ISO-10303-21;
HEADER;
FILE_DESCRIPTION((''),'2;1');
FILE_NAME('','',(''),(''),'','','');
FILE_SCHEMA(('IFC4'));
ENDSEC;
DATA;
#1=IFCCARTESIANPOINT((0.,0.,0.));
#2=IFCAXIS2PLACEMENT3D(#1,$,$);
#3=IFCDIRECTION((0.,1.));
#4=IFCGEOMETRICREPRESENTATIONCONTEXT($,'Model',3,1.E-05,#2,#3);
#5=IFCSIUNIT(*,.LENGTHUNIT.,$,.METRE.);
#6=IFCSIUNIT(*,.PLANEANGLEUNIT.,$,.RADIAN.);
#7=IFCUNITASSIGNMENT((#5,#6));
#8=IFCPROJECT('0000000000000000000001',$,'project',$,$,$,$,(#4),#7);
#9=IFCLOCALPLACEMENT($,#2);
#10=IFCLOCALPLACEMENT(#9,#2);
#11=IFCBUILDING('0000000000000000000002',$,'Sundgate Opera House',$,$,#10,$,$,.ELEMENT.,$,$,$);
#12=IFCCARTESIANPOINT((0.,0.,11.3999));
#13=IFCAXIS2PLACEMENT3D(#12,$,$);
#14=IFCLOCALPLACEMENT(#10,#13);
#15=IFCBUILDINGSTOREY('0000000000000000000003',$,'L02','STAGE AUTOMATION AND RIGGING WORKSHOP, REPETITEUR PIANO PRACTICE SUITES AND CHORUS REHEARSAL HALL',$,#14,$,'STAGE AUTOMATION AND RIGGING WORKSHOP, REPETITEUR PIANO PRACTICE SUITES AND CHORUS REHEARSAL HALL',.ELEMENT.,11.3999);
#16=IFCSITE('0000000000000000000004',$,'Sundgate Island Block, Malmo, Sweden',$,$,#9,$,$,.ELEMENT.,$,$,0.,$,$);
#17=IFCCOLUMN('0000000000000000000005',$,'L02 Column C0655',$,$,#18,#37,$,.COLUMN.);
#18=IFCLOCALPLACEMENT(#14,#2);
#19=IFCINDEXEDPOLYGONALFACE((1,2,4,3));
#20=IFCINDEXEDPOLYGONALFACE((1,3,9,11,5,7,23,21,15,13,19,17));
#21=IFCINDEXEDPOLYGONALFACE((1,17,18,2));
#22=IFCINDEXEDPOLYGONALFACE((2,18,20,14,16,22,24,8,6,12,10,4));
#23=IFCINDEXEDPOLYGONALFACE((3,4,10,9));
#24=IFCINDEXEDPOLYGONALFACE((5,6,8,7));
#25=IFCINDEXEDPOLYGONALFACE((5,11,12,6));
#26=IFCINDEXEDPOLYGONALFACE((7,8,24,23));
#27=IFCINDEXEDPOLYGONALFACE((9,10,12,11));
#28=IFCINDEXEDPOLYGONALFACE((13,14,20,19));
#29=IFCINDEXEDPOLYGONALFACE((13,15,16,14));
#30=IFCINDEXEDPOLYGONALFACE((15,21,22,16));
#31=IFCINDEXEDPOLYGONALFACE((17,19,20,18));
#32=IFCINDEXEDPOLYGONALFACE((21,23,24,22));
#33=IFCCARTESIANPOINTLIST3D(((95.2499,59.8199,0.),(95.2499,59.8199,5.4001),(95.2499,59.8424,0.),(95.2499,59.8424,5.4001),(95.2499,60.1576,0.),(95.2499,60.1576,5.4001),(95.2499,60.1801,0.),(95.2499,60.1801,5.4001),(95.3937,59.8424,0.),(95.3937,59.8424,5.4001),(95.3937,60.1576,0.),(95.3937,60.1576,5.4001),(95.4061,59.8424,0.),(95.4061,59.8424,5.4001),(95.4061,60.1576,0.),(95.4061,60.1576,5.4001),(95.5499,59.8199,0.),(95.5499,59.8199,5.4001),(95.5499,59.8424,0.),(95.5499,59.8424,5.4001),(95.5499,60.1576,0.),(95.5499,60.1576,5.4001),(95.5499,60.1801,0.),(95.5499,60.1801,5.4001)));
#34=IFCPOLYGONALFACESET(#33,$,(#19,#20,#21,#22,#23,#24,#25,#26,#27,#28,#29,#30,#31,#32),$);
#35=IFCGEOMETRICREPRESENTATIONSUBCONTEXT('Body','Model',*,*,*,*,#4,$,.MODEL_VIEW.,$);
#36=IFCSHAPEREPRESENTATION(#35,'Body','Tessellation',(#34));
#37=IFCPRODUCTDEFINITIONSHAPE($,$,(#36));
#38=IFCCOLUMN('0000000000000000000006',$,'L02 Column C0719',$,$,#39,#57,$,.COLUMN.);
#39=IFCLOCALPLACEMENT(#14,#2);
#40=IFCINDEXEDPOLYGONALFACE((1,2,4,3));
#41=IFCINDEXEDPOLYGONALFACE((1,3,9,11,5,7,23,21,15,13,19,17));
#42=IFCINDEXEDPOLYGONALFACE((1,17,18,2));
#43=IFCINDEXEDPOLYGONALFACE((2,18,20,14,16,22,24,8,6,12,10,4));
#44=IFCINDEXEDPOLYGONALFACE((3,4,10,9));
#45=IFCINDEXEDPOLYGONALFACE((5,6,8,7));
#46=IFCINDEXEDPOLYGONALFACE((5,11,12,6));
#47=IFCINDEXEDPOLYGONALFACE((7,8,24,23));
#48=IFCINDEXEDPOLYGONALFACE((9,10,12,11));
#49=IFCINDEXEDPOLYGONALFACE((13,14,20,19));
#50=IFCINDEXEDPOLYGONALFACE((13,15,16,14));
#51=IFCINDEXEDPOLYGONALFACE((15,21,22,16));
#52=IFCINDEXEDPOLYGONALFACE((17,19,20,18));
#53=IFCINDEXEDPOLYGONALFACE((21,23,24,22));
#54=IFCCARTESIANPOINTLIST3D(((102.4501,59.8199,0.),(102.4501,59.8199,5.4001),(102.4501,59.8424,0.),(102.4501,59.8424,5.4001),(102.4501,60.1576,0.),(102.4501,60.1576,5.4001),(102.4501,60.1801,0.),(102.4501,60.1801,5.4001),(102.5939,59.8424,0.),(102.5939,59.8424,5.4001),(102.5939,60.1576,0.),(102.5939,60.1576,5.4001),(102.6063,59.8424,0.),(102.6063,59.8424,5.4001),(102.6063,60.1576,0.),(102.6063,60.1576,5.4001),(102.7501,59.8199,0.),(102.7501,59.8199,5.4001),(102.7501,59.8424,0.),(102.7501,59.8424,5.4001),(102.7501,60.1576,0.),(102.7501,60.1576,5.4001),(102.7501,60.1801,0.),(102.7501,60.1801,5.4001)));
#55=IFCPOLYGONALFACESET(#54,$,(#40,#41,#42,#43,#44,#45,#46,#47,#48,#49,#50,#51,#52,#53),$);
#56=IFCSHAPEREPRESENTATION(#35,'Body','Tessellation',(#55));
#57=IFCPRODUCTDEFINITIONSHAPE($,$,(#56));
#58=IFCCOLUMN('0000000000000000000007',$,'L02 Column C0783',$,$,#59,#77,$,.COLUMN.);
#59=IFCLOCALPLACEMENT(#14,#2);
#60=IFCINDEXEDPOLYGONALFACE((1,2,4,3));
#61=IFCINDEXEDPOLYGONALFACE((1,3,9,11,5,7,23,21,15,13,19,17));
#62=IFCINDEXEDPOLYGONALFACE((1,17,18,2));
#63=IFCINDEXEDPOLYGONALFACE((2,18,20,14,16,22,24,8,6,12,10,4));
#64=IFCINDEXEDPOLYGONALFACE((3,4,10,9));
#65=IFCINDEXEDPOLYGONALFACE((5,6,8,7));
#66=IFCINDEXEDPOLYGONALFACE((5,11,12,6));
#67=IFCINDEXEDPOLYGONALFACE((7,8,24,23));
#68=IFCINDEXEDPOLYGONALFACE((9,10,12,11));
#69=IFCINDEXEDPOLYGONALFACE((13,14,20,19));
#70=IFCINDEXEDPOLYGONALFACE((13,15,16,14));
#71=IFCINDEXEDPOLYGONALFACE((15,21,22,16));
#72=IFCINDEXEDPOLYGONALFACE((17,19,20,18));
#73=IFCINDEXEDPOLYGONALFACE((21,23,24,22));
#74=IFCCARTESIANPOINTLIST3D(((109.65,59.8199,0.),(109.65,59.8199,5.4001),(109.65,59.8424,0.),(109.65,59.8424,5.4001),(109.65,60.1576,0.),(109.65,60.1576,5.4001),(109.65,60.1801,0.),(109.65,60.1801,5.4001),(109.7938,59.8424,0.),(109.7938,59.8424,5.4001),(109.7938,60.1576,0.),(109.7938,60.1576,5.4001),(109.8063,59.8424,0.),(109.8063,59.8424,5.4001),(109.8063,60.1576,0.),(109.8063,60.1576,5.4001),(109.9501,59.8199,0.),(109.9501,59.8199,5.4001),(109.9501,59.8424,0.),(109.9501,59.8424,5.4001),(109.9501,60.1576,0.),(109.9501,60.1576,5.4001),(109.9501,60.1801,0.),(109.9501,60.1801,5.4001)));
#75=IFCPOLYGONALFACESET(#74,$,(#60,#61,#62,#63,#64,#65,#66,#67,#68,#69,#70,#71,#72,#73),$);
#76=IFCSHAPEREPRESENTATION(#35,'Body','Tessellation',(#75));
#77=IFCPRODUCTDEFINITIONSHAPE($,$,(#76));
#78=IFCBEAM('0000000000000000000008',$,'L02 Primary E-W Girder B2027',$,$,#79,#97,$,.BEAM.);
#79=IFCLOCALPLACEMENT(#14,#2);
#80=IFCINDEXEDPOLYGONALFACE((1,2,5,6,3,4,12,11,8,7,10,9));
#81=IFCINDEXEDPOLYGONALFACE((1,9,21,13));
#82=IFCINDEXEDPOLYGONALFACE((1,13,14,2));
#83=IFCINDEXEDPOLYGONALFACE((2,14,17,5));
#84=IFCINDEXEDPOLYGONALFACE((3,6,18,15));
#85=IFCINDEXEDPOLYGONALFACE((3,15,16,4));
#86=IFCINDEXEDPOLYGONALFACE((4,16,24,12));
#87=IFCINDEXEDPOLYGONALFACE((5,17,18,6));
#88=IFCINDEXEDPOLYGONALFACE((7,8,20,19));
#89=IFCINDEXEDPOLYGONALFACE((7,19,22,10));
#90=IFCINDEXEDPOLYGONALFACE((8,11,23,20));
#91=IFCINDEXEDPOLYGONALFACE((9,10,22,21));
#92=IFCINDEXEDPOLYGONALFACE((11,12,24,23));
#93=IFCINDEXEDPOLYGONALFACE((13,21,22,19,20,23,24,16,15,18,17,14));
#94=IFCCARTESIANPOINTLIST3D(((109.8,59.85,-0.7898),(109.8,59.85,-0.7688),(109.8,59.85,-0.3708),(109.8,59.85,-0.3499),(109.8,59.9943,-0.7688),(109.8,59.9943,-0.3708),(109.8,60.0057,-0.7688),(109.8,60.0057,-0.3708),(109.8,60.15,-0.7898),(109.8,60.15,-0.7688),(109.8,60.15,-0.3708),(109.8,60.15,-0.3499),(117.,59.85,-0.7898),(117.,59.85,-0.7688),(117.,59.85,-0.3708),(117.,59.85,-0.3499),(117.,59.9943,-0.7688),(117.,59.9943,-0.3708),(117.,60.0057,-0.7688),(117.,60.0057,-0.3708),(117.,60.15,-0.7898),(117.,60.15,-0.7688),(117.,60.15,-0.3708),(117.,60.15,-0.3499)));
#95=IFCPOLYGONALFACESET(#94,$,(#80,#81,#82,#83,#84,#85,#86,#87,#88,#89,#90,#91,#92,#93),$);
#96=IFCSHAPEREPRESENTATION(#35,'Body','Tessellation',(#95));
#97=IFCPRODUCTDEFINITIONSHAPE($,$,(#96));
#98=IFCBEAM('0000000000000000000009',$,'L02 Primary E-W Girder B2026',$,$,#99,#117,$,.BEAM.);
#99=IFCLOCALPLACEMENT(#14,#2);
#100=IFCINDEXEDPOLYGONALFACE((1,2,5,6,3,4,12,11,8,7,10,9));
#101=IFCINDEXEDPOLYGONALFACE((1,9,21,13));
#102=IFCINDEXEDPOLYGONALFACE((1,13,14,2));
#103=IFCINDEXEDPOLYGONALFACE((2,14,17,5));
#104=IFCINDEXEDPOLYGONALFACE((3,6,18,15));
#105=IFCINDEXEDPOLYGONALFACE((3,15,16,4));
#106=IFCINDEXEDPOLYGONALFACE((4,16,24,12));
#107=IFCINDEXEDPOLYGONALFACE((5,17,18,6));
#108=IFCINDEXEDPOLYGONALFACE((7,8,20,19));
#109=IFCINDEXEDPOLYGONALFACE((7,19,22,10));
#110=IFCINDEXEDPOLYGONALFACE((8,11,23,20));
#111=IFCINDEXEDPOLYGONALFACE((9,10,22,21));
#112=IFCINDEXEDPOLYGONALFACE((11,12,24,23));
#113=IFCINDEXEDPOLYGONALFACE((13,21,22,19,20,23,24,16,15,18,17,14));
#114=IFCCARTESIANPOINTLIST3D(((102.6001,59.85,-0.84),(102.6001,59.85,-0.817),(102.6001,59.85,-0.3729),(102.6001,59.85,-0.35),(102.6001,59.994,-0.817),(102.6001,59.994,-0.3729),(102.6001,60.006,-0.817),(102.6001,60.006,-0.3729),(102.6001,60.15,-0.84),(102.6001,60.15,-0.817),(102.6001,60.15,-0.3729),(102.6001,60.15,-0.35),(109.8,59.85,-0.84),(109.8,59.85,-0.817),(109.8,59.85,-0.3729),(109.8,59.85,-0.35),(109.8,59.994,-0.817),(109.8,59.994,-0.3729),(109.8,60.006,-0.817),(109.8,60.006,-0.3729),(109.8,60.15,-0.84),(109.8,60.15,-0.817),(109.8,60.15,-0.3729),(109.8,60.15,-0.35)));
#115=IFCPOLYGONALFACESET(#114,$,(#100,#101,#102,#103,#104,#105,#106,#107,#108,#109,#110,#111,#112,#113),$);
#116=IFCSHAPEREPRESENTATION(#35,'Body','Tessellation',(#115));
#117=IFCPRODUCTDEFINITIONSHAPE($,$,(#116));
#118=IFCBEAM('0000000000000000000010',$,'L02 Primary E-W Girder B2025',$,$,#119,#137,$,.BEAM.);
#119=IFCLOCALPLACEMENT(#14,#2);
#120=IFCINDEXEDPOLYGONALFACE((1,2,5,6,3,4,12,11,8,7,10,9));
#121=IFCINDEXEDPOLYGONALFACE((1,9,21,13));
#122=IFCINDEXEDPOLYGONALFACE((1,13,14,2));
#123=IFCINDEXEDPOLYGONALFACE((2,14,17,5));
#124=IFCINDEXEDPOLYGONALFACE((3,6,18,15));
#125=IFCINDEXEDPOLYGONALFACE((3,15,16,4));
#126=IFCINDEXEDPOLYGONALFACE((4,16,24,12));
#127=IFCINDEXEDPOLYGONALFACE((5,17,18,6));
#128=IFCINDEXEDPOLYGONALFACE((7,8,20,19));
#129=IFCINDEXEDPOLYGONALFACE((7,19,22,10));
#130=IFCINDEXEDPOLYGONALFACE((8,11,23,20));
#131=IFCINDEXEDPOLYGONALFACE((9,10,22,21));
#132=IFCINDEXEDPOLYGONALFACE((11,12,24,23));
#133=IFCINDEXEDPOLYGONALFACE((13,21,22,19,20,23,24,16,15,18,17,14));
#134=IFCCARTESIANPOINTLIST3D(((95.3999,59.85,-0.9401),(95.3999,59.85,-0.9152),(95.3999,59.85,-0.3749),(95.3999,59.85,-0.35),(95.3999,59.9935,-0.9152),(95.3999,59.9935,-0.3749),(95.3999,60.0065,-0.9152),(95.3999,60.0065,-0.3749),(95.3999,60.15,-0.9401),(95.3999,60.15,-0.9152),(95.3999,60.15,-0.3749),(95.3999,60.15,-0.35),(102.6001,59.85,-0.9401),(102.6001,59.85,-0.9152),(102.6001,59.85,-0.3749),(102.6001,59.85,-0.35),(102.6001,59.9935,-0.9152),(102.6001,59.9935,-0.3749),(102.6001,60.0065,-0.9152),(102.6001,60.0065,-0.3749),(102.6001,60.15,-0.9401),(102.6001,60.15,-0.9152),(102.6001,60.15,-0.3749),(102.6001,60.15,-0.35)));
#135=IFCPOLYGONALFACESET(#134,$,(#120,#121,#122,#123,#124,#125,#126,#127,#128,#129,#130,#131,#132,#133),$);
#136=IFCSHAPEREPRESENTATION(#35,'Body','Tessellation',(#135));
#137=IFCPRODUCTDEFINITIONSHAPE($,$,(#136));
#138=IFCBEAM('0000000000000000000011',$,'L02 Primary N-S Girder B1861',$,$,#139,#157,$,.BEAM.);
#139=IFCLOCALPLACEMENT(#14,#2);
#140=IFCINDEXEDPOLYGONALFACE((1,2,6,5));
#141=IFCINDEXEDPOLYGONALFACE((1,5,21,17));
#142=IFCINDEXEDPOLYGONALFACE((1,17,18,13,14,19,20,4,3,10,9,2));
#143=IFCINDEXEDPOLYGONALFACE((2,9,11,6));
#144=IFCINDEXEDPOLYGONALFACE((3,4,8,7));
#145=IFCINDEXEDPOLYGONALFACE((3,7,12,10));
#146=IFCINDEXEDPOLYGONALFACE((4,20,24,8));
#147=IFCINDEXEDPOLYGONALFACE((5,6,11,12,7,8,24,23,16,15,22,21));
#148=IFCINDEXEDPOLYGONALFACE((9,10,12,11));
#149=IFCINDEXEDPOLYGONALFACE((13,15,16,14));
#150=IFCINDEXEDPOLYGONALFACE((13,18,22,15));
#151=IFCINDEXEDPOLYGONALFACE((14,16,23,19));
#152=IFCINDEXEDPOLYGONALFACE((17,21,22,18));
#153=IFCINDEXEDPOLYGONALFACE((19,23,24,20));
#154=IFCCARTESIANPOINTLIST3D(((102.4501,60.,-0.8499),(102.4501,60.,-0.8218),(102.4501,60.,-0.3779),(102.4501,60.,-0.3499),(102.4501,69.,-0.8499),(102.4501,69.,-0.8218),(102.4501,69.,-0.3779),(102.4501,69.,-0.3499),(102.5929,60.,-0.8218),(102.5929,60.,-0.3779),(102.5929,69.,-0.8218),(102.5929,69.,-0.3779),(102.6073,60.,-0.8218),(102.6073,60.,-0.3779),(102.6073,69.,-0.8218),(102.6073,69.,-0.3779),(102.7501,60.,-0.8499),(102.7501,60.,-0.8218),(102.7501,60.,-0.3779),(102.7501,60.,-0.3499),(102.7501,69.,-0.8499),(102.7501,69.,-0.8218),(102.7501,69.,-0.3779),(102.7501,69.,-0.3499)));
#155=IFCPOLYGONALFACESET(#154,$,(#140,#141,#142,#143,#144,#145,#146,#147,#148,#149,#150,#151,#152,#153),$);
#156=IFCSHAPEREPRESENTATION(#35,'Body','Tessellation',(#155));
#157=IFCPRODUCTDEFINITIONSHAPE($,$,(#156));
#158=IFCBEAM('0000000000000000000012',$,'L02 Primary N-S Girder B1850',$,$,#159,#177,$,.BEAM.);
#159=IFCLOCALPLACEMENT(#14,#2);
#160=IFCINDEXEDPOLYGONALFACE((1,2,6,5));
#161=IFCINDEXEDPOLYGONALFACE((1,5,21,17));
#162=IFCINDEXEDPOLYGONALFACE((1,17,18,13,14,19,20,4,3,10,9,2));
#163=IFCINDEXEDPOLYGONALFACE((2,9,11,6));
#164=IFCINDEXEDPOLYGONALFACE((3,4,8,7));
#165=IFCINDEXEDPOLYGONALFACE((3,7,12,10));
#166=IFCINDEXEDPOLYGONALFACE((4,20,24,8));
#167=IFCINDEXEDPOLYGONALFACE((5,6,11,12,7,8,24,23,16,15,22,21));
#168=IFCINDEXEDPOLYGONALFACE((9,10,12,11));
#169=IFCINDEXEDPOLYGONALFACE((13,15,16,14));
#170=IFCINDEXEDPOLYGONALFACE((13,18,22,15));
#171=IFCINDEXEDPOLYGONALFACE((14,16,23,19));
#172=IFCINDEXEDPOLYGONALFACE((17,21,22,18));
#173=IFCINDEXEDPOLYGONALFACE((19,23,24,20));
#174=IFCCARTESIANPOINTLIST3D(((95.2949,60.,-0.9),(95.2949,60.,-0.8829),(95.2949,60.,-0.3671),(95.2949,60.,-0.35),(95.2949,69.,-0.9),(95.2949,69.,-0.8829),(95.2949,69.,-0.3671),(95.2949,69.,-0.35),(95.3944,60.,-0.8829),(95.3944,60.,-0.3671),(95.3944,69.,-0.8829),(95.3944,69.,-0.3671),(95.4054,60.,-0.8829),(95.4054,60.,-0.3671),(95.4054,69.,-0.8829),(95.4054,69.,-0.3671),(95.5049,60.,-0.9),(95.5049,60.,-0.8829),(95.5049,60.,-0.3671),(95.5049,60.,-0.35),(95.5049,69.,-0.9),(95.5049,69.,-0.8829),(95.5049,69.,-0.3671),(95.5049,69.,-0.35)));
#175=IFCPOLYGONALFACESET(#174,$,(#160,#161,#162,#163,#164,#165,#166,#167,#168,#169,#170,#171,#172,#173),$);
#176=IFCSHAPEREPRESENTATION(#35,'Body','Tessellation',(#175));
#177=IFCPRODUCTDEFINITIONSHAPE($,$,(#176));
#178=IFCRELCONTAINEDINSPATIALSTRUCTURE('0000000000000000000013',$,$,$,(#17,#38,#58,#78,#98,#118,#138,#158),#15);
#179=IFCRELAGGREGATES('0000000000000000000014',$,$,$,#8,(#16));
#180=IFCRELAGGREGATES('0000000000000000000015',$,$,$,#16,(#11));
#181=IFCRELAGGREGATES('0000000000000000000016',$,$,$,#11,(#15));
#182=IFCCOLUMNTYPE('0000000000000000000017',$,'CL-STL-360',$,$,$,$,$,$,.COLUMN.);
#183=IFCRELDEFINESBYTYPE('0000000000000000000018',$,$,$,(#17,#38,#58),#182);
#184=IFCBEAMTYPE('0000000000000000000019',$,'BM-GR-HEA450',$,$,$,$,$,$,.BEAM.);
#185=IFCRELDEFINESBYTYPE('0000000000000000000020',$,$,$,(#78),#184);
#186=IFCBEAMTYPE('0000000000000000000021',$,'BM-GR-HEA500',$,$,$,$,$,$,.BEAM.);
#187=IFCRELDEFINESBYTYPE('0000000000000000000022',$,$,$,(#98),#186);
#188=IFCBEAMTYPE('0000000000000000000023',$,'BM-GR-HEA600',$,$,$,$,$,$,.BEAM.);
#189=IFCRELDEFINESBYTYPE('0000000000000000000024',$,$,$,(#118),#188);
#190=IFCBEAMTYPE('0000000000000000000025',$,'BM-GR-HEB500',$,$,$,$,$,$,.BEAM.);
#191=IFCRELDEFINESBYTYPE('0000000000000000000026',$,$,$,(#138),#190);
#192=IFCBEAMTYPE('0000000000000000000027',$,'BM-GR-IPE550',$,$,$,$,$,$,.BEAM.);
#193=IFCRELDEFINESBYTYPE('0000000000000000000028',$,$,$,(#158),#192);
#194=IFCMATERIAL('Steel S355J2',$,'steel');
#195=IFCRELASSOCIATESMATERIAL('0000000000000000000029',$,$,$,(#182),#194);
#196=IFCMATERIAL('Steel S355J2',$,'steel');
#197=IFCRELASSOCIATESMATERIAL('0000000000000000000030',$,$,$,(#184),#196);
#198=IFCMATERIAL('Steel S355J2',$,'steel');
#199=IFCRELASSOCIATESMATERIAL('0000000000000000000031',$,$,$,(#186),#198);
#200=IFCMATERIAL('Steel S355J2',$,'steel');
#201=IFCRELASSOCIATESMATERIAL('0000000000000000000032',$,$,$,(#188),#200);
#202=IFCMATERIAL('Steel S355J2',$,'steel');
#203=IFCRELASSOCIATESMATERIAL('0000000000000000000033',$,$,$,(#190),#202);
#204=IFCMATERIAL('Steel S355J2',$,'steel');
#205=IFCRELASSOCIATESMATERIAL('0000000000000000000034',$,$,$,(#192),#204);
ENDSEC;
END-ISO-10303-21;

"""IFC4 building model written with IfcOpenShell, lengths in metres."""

from ifc_helpers import new_model, si_unit, direction, frame, origin, origin_2d, place, context, subcontext, project, spatial, i_section, extrude, material, material_profile, profile_set, type_object, element, save


model = new_model("IFC4")

# Units and contexts
model_context = context("Model", 3, precision=1e-05, world=origin(), true_north=direction((0.0, 1.0)))
body_context = subcontext(model_context, "Body", "Model", "MODEL_VIEW")
ifc_project = project(units=[si_unit("LENGTHUNIT", "METRE"), si_unit("PLANEANGLEUNIT", "RADIAN")], contexts=[model_context])

# Site, building, storey
site_placement = place(None, origin())
site = spatial("IfcSite", under=ifc_project, at=site_placement, Name="Sundgate Island Block, Malmo, Sweden", CompositionType="ELEMENT", RefElevation=0.0)
building_placement = place(site_placement, origin())
building = spatial("IfcBuilding", under=site, at=building_placement, Name="Sundgate Opera House", CompositionType="ELEMENT")
storey_placement = place(building_placement, frame((0.0, 0.0, 11.3999)))
storey = spatial("IfcBuildingStorey", under=building, at=storey_placement, Name="L02", Description="STAGE AUTOMATION AND RIGGING WORKSHOP, REPETITEUR PIANO PRACTICE SUITES AND CHORUS REHEARSAL HALL", LongName="STAGE AUTOMATION AND RIGGING WORKSHOP, REPETITEUR PIANO PRACTICE SUITES AND CHORUS REHEARSAL HALL", CompositionType="ELEMENT", Elevation=11.3999)

# Columns
ifc_material_1 = material(Name="Steel S355J2", Category="steel")
ifc_material_profile_1 = material_profile(ifc_material_1, i_section(OverallWidth=0.3, OverallDepth=0.3601, WebThickness=0.0125, FlangeThickness=0.0225, at=origin_2d()), Name="HEB 360")
ifc_profile_set_1 = profile_set([ifc_material_profile_1], Name="Steel S355J2")
column_type = type_object("IfcColumnType", Name="CL-STL-360", PredefinedType="COLUMN", material=ifc_profile_set_1)
for number, where, z_axis, x_axis, name in (
    (1, (95.3999, 60.0, 0.0), (0.0, 0.0, 1.0), (1.0, 0.0, 0.0), "L02 Column C0655"),
    (2, (102.6001, 60.0, 0.0), (0.0, 0.0, 1.0), (1.0, 0.0, 0.0), "L02 Column C0719"),
    (3, (109.8, 60.0, 0.0), (0.0, 0.0, 1.0), (1.0, 0.0, 0.0), "L02 Column C0783"),
):
    element("IfcColumn", number, at=place(storey_placement, frame(where, z_axis=z_axis, x_axis=x_axis)), inside=storey, type_object=column_type, Name=name, PredefinedType="COLUMN", context=body_context, shape_type="SweptSolid", body=[
        extrude(i_section(OverallWidth=0.3, OverallDepth=0.3601, WebThickness=0.0125, FlangeThickness=0.0225, at=origin_2d()), origin(), (0.0, 0.0, 1.0), 5.4001),
    ])

# Beams
ifc_material_2 = material(Name="Steel S355J2", Category="steel")
ifc_material_profile_2 = material_profile(ifc_material_2, i_section(OverallWidth=0.3, OverallDepth=0.4399, WebThickness=0.0115, FlangeThickness=0.021, at=origin_2d()), Name="HEA 450")
ifc_profile_set_2 = profile_set([ifc_material_profile_2], Name="Steel S355J2")
beam_type_1 = type_object("IfcBeamType", Name="BM-GR-HEA450", PredefinedType="BEAM", material=ifc_profile_set_2)
beam_1_placement = place(storey_placement, frame((109.8, 60.0, -0.5698), z_axis=(1.0, 0.0, 0.0), x_axis=(0.0, 1.0, 0.0)))
element("IfcBeam", 4, at=beam_1_placement, inside=storey, type_object=beam_type_1, Name="L02 Primary E-W Girder B2027", PredefinedType="BEAM", context=body_context, shape_type="SweptSolid", body=[
    extrude(i_section(OverallWidth=0.3, OverallDepth=0.4399, WebThickness=0.0115, FlangeThickness=0.021, at=origin_2d()), origin(), (0.0, 0.0, 1.0), 7.2),
])
ifc_material_3 = material(Name="Steel S355J2", Category="steel")
ifc_material_profile_3 = material_profile(ifc_material_3, i_section(OverallWidth=0.3, OverallDepth=0.49, WebThickness=0.012, FlangeThickness=0.0229, at=origin_2d()), Name="HEA 500")
ifc_profile_set_3 = profile_set([ifc_material_profile_3], Name="Steel S355J2")
beam_type_2 = type_object("IfcBeamType", Name="BM-GR-HEA500", PredefinedType="BEAM", material=ifc_profile_set_3)
beam_2_placement = place(storey_placement, frame((102.6001, 60.0, -0.595), z_axis=(1.0, 0.0, 0.0), x_axis=(0.0, 1.0, 0.0)))
element("IfcBeam", 5, at=beam_2_placement, inside=storey, type_object=beam_type_2, Name="L02 Primary E-W Girder B2026", PredefinedType="BEAM", context=body_context, shape_type="SweptSolid", body=[
    extrude(i_section(OverallWidth=0.3, OverallDepth=0.49, WebThickness=0.012, FlangeThickness=0.0229, at=origin_2d()), origin(), (0.0, 0.0, 1.0), 7.2),
])
ifc_material_4 = material(Name="Steel S355J2", Category="steel")
ifc_material_profile_4 = material_profile(ifc_material_4, i_section(OverallWidth=0.3, OverallDepth=0.5901, WebThickness=0.0129, FlangeThickness=0.0249, at=origin_2d()), Name="HEA 600")
ifc_profile_set_4 = profile_set([ifc_material_profile_4], Name="Steel S355J2")
beam_type_3 = type_object("IfcBeamType", Name="BM-GR-HEA600", PredefinedType="BEAM", material=ifc_profile_set_4)
beam_3_placement = place(storey_placement, frame((95.3999, 60.0, -0.645), z_axis=(1.0, 0.0, 0.0), x_axis=(0.0, 1.0, 0.0)))
element("IfcBeam", 6, at=beam_3_placement, inside=storey, type_object=beam_type_3, Name="L02 Primary E-W Girder B2025", PredefinedType="BEAM", context=body_context, shape_type="SweptSolid", body=[
    extrude(i_section(OverallWidth=0.3, OverallDepth=0.5901, WebThickness=0.0129, FlangeThickness=0.0249, at=origin_2d()), origin(), (0.0, 0.0, 1.0), 7.2002),
])
ifc_material_5 = material(Name="Steel S355J2", Category="steel")
ifc_material_profile_5 = material_profile(ifc_material_5, i_section(OverallWidth=0.3, OverallDepth=0.5, WebThickness=0.0144, FlangeThickness=0.0281, at=origin_2d()), Name="HEB 500")
ifc_profile_set_5 = profile_set([ifc_material_profile_5], Name="Steel S355J2")
beam_type_4 = type_object("IfcBeamType", Name="BM-GR-HEB500", PredefinedType="BEAM", material=ifc_profile_set_5)
beam_4_placement = place(storey_placement, frame((102.6001, 60.0, -0.5999), z_axis=(0.0, 1.0, 0.0), x_axis=(-1.0, 0.0, 0.0)))
element("IfcBeam", 7, at=beam_4_placement, inside=storey, type_object=beam_type_4, Name="L02 Primary N-S Girder B1861", PredefinedType="BEAM", context=body_context, shape_type="SweptSolid", body=[
    extrude(i_section(OverallWidth=0.3, OverallDepth=0.5, WebThickness=0.0144, FlangeThickness=0.0281, at=origin_2d()), origin(), (0.0, 0.0, 1.0), 9.0),
])
ifc_material_6 = material(Name="Steel S355J2", Category="steel")
ifc_material_profile_6 = material_profile(ifc_material_6, i_section(OverallWidth=0.21, OverallDepth=0.55, WebThickness=0.011, FlangeThickness=0.0171, at=origin_2d()), Name="IPE 550")
ifc_profile_set_6 = profile_set([ifc_material_profile_6], Name="Steel S355J2")
beam_type_5 = type_object("IfcBeamType", Name="BM-GR-IPE550", PredefinedType="BEAM", material=ifc_profile_set_6)
for number, where, z_axis, x_axis, name in (
    (8, (95.3999, 60.0, -0.625), (0.0, 1.0, 0.0), (-1.0, 0.0, 0.0), "L02 Primary N-S Girder B1850"),
):
    element("IfcBeam", number, at=place(storey_placement, frame(where, z_axis=z_axis, x_axis=x_axis)), inside=storey, type_object=beam_type_5, Name=name, PredefinedType="BEAM", context=body_context, shape_type="SweptSolid", body=[
        extrude(i_section(OverallWidth=0.21, OverallDepth=0.55, WebThickness=0.011, FlangeThickness=0.0171, at=origin_2d()), origin(), (0.0, 0.0, 1.0), 9.0),
    ])

save(model, "model.ifc")
